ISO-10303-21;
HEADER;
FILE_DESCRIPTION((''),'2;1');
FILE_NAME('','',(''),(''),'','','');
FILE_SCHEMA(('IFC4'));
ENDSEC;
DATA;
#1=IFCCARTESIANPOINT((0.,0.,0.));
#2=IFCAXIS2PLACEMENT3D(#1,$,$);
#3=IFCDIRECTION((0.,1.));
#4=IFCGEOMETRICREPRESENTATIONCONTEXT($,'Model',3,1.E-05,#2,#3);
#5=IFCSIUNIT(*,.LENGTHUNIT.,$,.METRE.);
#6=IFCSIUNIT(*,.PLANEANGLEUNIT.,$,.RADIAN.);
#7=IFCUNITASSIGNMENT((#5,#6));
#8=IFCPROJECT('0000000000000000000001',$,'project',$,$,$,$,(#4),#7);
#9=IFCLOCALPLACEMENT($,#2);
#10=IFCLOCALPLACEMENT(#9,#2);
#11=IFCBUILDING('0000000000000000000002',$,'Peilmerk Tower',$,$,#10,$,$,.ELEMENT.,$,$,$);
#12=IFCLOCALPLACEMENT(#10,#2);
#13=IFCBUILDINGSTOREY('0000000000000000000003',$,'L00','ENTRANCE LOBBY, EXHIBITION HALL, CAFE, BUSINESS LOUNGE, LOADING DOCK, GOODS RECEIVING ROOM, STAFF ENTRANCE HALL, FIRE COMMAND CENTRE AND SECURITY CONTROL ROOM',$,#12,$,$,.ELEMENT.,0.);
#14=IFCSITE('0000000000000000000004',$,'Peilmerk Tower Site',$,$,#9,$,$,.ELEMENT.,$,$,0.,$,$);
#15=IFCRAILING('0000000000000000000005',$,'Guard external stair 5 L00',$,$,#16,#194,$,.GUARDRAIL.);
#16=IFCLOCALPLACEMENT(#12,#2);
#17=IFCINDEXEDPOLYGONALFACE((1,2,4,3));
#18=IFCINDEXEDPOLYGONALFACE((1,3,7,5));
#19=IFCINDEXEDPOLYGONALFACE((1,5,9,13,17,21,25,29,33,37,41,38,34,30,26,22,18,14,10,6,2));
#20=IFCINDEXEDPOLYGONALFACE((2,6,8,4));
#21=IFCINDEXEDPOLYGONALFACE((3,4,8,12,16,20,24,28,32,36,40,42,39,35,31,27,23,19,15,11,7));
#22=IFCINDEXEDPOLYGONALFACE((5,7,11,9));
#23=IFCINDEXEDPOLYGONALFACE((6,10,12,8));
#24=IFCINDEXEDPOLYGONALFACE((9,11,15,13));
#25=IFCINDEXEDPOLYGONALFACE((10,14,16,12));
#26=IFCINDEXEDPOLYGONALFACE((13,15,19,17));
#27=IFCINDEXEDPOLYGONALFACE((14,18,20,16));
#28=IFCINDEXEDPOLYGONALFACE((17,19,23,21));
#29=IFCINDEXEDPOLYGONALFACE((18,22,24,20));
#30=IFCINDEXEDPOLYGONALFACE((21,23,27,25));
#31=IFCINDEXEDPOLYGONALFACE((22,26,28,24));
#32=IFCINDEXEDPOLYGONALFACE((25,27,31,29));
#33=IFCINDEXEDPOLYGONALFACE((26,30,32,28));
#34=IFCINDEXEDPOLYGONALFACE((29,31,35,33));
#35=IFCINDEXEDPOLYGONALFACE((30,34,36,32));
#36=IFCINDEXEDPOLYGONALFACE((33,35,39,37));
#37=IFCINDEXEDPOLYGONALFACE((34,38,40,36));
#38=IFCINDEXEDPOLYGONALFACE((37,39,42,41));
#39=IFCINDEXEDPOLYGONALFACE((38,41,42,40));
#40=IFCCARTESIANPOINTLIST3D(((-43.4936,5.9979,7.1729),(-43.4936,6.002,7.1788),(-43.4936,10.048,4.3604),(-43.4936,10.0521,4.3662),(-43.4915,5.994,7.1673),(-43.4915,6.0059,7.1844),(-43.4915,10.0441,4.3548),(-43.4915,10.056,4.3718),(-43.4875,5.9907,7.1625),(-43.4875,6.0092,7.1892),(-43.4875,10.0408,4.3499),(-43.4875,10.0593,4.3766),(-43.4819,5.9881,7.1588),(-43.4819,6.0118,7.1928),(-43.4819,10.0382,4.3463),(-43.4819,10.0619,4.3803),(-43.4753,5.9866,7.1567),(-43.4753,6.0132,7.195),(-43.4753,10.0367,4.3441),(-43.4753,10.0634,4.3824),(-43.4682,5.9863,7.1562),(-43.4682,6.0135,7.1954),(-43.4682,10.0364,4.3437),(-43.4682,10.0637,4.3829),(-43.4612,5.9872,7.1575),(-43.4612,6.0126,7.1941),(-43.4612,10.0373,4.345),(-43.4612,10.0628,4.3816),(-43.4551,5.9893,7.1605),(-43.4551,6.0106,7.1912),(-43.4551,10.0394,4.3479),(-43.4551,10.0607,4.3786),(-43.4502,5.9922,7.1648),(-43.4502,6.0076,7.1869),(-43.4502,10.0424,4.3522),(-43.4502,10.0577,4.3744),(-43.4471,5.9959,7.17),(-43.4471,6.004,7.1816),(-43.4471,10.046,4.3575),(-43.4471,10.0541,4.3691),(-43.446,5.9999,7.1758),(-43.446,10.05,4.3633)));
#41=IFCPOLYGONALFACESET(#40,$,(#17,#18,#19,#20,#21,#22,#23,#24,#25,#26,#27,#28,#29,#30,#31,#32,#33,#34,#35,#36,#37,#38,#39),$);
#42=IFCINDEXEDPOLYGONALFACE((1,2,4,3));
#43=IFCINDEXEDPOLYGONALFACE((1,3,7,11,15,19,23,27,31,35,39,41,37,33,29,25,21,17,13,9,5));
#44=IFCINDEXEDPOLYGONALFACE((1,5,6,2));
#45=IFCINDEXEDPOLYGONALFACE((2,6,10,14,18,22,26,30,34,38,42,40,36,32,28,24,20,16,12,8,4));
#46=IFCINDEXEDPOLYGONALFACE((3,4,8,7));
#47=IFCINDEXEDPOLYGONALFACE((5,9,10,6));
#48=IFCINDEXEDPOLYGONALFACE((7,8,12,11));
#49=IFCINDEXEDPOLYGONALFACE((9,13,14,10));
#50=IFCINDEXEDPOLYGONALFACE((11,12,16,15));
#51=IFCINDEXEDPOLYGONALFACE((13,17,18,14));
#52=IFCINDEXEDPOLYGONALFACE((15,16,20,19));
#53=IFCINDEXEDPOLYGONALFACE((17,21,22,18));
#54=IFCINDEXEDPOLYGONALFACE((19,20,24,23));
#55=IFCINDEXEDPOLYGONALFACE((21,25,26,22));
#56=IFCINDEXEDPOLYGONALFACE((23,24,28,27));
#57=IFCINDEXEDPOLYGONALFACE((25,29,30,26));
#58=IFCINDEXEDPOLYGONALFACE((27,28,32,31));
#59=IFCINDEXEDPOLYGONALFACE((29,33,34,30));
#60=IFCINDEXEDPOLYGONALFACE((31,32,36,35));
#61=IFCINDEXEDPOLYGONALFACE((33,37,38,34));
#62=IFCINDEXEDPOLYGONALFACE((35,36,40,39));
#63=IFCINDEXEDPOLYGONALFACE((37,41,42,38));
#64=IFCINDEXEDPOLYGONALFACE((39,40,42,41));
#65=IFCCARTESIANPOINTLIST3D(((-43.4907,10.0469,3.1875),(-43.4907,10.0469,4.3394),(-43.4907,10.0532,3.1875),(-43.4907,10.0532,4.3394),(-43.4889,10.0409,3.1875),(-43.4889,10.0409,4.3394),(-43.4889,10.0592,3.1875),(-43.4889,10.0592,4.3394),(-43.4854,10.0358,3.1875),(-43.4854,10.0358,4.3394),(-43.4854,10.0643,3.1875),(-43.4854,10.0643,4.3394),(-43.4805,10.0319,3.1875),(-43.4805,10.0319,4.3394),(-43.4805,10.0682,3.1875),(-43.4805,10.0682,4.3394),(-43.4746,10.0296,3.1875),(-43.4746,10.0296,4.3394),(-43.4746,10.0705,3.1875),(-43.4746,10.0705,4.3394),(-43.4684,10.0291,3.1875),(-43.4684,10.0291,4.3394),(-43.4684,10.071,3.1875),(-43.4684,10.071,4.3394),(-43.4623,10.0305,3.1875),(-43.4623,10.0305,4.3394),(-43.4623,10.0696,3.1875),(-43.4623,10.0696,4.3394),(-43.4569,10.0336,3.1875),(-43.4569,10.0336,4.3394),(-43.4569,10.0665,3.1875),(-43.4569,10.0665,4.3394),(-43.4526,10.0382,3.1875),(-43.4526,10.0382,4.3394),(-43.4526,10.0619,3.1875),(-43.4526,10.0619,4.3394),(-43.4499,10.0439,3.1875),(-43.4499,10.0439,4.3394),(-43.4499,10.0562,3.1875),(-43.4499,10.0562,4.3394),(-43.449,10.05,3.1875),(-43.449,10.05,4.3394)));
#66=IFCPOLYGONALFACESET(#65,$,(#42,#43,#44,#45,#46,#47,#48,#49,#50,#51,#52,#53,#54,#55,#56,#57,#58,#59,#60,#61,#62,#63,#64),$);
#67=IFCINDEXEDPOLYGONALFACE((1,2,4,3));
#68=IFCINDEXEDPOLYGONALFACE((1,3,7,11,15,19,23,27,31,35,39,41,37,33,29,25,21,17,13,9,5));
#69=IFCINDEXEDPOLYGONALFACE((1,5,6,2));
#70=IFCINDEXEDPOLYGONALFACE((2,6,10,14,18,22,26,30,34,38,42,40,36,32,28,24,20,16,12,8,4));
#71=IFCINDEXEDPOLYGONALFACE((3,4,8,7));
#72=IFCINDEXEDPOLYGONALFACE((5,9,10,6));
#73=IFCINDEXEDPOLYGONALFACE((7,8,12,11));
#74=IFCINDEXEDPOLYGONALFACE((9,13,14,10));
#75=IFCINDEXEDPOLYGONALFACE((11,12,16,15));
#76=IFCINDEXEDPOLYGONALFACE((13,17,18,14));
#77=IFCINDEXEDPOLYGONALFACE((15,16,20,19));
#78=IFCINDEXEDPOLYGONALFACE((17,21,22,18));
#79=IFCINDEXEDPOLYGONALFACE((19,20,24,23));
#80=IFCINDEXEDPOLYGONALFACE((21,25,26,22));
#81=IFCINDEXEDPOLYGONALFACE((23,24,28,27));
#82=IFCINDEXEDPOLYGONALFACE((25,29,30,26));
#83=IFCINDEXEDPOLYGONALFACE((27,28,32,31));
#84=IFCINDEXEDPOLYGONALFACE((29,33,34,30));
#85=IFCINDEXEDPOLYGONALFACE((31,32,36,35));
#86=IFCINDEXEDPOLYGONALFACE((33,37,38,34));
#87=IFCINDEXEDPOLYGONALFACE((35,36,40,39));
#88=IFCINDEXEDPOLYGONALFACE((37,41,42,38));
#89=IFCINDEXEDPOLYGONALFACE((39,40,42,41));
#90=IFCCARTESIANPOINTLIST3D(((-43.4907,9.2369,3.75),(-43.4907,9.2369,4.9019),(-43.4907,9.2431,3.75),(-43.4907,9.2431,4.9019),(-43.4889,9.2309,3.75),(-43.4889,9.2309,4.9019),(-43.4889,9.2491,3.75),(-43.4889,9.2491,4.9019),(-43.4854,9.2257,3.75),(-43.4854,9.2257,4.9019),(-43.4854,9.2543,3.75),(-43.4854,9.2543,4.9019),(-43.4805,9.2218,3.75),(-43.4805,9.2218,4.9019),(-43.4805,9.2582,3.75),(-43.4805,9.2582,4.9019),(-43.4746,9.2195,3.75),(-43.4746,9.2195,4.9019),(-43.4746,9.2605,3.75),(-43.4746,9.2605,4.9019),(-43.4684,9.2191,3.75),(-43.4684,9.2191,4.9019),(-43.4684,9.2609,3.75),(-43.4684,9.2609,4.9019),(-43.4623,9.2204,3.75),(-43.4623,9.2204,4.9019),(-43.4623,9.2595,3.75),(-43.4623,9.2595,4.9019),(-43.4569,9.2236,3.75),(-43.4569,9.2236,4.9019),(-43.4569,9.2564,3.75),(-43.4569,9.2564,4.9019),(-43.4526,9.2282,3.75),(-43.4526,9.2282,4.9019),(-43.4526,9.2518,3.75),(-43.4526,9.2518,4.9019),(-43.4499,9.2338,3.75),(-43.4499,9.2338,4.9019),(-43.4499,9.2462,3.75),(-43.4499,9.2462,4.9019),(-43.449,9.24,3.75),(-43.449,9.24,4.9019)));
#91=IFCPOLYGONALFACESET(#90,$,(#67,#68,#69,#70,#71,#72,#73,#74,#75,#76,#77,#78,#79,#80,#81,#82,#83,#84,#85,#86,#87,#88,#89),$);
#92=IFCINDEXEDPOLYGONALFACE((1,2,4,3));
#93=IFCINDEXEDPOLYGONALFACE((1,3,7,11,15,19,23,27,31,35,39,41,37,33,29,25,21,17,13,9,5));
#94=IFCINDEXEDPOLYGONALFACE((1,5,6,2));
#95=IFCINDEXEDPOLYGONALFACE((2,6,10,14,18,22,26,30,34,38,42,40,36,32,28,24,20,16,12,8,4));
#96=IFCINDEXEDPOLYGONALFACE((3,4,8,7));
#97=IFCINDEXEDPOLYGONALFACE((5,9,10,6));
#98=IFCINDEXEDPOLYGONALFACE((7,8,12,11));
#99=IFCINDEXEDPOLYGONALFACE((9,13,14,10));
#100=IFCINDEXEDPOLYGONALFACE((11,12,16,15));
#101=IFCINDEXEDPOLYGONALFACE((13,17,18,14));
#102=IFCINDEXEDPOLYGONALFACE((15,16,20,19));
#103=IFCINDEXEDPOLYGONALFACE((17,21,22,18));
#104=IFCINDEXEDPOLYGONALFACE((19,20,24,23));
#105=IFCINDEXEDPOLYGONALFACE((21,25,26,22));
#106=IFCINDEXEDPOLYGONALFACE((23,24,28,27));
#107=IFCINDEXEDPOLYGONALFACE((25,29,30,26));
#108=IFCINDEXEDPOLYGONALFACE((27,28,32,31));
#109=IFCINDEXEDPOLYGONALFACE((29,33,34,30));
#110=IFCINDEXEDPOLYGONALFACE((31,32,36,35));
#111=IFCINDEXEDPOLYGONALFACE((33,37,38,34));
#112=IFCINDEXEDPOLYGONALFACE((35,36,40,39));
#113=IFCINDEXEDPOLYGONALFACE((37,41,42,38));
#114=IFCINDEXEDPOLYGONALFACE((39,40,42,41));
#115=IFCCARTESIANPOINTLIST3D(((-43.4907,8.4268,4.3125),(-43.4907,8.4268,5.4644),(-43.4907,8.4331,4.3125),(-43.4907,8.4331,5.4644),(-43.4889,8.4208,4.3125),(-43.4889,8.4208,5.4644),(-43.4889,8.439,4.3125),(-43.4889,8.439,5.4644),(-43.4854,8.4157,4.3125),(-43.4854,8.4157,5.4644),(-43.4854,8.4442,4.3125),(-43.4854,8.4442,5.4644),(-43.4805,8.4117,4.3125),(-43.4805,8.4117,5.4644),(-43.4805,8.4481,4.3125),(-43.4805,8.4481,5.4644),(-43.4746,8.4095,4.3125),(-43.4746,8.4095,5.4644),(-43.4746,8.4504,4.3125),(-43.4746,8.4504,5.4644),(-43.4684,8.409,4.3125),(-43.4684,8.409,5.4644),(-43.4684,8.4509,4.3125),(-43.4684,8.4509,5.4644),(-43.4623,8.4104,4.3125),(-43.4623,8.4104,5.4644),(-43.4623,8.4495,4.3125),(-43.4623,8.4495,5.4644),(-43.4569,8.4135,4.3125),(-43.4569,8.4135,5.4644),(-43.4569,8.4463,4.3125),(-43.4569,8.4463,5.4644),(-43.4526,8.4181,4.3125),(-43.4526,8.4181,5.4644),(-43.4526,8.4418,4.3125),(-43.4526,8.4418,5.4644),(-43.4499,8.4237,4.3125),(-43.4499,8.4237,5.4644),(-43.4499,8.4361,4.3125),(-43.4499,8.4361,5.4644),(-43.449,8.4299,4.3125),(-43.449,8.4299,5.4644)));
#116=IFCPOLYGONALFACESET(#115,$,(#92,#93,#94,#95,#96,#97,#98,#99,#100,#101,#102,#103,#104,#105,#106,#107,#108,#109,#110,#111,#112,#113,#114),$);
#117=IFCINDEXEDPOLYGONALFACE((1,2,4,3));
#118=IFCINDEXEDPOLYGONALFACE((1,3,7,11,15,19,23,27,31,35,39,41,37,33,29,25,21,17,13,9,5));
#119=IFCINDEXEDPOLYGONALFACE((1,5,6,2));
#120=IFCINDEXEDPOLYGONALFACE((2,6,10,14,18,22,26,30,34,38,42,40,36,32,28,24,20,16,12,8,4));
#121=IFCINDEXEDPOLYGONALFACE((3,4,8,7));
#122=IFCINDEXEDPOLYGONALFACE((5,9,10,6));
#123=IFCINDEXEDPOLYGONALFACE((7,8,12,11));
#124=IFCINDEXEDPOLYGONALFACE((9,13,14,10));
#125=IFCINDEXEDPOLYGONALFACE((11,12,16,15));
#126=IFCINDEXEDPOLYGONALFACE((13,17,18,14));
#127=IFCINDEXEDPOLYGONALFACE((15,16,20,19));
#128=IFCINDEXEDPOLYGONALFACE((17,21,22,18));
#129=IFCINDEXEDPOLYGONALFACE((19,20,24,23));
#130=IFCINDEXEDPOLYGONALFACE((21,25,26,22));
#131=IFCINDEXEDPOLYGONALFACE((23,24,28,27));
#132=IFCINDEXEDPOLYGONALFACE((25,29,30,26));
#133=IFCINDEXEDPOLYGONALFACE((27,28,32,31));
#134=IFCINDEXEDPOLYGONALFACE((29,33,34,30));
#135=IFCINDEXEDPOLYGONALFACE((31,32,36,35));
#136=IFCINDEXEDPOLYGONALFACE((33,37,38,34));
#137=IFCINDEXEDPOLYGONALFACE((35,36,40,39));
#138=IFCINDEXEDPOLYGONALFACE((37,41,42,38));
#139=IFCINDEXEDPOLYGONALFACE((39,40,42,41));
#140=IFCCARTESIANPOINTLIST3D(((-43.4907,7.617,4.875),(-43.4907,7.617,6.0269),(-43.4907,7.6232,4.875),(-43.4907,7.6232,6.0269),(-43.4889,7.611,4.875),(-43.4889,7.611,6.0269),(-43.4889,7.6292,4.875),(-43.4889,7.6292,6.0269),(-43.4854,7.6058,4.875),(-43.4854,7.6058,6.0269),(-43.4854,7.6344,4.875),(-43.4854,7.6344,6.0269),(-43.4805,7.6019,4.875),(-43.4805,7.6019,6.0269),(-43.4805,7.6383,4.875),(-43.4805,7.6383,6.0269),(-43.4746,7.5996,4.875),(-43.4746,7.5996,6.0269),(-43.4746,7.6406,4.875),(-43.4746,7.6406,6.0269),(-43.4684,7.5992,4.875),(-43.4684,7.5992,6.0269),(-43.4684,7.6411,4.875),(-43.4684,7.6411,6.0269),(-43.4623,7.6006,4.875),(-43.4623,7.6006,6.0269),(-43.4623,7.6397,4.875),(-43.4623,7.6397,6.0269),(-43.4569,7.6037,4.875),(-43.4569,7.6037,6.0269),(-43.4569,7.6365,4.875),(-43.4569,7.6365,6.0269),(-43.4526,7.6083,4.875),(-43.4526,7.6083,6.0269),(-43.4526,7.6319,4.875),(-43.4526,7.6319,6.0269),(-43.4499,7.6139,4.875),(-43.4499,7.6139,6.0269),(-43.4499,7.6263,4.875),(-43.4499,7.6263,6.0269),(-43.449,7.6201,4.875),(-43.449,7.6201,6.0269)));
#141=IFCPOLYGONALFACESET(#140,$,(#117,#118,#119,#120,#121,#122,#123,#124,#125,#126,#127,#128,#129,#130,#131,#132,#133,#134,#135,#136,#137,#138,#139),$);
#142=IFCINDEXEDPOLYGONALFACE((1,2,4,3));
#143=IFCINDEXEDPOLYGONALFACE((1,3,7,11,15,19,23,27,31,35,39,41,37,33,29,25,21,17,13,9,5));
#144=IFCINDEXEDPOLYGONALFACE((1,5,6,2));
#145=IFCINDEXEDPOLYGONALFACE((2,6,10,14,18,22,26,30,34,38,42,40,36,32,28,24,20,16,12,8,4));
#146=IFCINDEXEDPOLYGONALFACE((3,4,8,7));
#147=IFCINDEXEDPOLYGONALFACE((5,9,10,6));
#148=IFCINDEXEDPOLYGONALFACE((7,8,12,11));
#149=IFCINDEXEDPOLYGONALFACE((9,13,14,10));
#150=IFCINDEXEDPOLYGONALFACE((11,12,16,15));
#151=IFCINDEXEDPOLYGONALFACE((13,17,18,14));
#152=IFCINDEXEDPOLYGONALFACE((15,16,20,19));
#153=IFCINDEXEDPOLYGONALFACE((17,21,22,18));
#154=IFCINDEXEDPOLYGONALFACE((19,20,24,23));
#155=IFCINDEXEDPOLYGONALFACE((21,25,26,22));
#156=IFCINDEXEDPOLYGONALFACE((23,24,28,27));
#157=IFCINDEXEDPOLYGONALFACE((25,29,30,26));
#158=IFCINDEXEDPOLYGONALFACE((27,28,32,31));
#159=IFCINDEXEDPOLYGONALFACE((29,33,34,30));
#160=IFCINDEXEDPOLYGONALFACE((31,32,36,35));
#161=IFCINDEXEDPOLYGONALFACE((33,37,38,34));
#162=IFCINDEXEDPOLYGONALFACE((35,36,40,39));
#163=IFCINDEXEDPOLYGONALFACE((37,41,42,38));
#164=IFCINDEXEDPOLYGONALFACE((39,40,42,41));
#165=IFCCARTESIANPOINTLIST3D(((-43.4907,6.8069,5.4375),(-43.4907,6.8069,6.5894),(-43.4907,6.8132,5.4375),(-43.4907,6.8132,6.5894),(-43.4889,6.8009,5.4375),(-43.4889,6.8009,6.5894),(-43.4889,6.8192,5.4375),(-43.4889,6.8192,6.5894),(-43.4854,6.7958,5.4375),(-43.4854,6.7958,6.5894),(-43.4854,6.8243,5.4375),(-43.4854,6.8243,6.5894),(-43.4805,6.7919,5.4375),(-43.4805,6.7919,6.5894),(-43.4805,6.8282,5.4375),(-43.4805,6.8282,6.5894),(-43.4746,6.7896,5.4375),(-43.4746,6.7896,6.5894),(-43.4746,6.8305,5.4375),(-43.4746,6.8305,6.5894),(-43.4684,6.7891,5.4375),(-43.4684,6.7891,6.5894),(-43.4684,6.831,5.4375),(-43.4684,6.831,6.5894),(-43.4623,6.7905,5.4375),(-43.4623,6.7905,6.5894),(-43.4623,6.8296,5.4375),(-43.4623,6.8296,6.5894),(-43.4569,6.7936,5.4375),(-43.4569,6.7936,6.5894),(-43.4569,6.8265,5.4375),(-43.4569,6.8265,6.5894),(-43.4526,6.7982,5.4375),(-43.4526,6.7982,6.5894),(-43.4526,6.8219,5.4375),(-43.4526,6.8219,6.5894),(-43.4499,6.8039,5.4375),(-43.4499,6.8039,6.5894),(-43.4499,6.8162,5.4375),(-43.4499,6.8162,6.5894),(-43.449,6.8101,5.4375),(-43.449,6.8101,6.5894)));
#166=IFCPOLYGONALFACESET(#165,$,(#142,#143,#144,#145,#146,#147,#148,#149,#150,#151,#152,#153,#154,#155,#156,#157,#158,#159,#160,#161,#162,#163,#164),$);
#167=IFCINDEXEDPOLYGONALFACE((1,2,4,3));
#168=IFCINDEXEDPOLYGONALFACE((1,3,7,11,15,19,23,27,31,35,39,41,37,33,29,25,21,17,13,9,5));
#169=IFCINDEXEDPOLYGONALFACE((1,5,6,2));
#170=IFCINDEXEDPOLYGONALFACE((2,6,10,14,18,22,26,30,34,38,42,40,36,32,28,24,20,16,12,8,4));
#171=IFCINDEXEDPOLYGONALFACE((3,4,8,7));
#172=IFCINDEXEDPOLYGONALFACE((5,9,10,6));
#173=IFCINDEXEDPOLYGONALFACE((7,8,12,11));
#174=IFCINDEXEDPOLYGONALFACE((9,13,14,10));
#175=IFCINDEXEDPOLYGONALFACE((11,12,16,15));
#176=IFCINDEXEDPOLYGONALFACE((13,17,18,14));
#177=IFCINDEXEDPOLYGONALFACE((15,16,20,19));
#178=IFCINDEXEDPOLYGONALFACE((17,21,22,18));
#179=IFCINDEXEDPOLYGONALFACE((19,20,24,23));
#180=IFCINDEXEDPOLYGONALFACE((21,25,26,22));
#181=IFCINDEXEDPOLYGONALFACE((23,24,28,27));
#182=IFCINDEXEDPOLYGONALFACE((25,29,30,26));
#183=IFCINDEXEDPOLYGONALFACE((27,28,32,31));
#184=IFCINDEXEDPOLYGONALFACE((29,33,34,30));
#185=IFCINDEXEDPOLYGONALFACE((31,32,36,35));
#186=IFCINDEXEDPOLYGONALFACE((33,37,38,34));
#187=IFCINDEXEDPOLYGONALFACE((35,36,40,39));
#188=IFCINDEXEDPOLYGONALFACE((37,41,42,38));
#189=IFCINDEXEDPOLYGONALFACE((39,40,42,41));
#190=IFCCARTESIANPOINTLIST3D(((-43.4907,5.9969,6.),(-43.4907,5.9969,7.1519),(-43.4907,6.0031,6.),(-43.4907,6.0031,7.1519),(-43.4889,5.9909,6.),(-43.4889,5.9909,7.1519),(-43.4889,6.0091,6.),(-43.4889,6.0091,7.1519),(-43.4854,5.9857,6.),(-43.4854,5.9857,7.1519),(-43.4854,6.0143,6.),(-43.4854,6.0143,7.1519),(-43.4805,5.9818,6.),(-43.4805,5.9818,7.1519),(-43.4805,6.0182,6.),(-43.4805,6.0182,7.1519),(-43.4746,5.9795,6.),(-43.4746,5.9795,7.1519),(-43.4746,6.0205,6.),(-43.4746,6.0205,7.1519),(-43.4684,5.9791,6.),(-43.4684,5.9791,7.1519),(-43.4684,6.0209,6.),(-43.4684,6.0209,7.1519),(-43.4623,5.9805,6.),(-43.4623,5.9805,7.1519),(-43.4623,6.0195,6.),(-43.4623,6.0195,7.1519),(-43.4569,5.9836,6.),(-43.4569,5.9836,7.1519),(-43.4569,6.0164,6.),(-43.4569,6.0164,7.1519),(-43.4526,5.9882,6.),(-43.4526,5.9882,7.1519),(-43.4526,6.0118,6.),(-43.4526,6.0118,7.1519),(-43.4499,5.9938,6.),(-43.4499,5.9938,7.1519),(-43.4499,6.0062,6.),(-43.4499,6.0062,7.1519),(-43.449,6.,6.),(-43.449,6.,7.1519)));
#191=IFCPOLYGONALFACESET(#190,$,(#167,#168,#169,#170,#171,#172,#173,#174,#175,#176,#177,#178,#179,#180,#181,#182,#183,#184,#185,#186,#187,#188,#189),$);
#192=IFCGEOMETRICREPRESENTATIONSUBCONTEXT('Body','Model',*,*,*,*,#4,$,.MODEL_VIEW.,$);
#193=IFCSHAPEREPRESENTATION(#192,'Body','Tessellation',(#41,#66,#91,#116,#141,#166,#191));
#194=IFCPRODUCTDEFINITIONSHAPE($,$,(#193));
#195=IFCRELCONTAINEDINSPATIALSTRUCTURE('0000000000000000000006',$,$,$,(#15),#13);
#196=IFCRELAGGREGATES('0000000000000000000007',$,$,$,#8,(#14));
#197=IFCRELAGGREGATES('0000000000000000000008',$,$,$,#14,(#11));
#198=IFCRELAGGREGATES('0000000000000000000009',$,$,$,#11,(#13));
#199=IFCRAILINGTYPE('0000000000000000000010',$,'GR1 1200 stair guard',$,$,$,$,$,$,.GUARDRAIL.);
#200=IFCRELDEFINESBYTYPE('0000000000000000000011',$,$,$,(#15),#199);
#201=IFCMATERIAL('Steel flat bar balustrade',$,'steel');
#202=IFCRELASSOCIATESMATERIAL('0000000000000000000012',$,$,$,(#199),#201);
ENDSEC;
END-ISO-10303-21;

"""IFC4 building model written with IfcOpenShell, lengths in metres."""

from ifc_helpers import new_model, si_unit, direction, frame, origin, origin_2d, place, context, subcontext, project, spatial, circle, extrude, material, type_object, element, save


model = new_model("IFC4")

# Units and contexts
model_context = context("Model", 3, precision=1e-05, world=origin(), true_north=direction((0.0, 1.0)))
body_context = subcontext(model_context, "Body", "Model", "MODEL_VIEW")
ifc_project = project(units=[si_unit("LENGTHUNIT", "METRE"), si_unit("PLANEANGLEUNIT", "RADIAN")], contexts=[model_context])

# Site, building, storey
site_placement = place(None, origin())
site = spatial("IfcSite", under=ifc_project, at=site_placement, Name="Peilmerk Tower Site", CompositionType="ELEMENT", RefElevation=0.0)
building_placement = place(site_placement, origin())
building = spatial("IfcBuilding", under=site, at=building_placement, Name="Peilmerk Tower", CompositionType="ELEMENT")
storey_placement = place(building_placement, origin())
storey = spatial("IfcBuildingStorey", under=building, at=storey_placement, Name="L00", Description="ENTRANCE LOBBY, EXHIBITION HALL, CAFE, BUSINESS LOUNGE, LOADING DOCK, GOODS RECEIVING ROOM, STAFF ENTRANCE HALL, FIRE COMMAND CENTRE AND SECURITY CONTROL ROOM", CompositionType="ELEMENT", Elevation=0.0)

# Railing
ifc_material_1 = material(Name="Steel flat bar balustrade", Category="steel")
railing_type_1 = type_object("IfcRailingType", Name="GR1 1200 stair guard", PredefinedType="GUARDRAIL", material=ifc_material_1)
for number, where, name in (
    (1, (-43.47, 10.05, 3.1875), "Guard external stair 5 L00"),
):
    element("IfcRailing", number, at=place(storey_placement, frame(where)), inside=storey, type_object=railing_type_1, Name=name, PredefinedType="GUARDRAIL", context=body_context, shape_type="SweptSolid", body=[
        extrude(circle(Radius=0.0239, at=origin_2d()), frame((0.0, 0.0, 1.1758), z_axis=(0.0, -0.821373, 0.570391), x_axis=(1.0, 0.0, 0.0)), (0.0, 0.0, 1.0), 4.9309),
        extrude(circle(Radius=0.021, at=origin_2d()), origin(), (0.0, 0.0, 1.0), 1.1519),
        extrude(circle(Radius=0.021, at=origin_2d()), frame((0.0, -0.8101, 0.5625)), (0.0, 0.0, 1.0), 1.1519),
        extrude(circle(Radius=0.021, at=origin_2d()), frame((0.0, -1.6201, 1.125)), (0.0, 0.0, 1.0), 1.1519),
        extrude(circle(Radius=0.021, at=origin_2d()), frame((0.0, -2.4299, 1.6875)), (0.0, 0.0, 1.0), 1.1519),
        extrude(circle(Radius=0.021, at=origin_2d()), frame((0.0, -3.24, 2.25)), (0.0, 0.0, 1.0), 1.1519),
        extrude(circle(Radius=0.021, at=origin_2d()), frame((0.0, -4.05, 2.8125)), (0.0, 0.0, 1.0), 1.1519),
    ])

save(model, "model.ifc")
